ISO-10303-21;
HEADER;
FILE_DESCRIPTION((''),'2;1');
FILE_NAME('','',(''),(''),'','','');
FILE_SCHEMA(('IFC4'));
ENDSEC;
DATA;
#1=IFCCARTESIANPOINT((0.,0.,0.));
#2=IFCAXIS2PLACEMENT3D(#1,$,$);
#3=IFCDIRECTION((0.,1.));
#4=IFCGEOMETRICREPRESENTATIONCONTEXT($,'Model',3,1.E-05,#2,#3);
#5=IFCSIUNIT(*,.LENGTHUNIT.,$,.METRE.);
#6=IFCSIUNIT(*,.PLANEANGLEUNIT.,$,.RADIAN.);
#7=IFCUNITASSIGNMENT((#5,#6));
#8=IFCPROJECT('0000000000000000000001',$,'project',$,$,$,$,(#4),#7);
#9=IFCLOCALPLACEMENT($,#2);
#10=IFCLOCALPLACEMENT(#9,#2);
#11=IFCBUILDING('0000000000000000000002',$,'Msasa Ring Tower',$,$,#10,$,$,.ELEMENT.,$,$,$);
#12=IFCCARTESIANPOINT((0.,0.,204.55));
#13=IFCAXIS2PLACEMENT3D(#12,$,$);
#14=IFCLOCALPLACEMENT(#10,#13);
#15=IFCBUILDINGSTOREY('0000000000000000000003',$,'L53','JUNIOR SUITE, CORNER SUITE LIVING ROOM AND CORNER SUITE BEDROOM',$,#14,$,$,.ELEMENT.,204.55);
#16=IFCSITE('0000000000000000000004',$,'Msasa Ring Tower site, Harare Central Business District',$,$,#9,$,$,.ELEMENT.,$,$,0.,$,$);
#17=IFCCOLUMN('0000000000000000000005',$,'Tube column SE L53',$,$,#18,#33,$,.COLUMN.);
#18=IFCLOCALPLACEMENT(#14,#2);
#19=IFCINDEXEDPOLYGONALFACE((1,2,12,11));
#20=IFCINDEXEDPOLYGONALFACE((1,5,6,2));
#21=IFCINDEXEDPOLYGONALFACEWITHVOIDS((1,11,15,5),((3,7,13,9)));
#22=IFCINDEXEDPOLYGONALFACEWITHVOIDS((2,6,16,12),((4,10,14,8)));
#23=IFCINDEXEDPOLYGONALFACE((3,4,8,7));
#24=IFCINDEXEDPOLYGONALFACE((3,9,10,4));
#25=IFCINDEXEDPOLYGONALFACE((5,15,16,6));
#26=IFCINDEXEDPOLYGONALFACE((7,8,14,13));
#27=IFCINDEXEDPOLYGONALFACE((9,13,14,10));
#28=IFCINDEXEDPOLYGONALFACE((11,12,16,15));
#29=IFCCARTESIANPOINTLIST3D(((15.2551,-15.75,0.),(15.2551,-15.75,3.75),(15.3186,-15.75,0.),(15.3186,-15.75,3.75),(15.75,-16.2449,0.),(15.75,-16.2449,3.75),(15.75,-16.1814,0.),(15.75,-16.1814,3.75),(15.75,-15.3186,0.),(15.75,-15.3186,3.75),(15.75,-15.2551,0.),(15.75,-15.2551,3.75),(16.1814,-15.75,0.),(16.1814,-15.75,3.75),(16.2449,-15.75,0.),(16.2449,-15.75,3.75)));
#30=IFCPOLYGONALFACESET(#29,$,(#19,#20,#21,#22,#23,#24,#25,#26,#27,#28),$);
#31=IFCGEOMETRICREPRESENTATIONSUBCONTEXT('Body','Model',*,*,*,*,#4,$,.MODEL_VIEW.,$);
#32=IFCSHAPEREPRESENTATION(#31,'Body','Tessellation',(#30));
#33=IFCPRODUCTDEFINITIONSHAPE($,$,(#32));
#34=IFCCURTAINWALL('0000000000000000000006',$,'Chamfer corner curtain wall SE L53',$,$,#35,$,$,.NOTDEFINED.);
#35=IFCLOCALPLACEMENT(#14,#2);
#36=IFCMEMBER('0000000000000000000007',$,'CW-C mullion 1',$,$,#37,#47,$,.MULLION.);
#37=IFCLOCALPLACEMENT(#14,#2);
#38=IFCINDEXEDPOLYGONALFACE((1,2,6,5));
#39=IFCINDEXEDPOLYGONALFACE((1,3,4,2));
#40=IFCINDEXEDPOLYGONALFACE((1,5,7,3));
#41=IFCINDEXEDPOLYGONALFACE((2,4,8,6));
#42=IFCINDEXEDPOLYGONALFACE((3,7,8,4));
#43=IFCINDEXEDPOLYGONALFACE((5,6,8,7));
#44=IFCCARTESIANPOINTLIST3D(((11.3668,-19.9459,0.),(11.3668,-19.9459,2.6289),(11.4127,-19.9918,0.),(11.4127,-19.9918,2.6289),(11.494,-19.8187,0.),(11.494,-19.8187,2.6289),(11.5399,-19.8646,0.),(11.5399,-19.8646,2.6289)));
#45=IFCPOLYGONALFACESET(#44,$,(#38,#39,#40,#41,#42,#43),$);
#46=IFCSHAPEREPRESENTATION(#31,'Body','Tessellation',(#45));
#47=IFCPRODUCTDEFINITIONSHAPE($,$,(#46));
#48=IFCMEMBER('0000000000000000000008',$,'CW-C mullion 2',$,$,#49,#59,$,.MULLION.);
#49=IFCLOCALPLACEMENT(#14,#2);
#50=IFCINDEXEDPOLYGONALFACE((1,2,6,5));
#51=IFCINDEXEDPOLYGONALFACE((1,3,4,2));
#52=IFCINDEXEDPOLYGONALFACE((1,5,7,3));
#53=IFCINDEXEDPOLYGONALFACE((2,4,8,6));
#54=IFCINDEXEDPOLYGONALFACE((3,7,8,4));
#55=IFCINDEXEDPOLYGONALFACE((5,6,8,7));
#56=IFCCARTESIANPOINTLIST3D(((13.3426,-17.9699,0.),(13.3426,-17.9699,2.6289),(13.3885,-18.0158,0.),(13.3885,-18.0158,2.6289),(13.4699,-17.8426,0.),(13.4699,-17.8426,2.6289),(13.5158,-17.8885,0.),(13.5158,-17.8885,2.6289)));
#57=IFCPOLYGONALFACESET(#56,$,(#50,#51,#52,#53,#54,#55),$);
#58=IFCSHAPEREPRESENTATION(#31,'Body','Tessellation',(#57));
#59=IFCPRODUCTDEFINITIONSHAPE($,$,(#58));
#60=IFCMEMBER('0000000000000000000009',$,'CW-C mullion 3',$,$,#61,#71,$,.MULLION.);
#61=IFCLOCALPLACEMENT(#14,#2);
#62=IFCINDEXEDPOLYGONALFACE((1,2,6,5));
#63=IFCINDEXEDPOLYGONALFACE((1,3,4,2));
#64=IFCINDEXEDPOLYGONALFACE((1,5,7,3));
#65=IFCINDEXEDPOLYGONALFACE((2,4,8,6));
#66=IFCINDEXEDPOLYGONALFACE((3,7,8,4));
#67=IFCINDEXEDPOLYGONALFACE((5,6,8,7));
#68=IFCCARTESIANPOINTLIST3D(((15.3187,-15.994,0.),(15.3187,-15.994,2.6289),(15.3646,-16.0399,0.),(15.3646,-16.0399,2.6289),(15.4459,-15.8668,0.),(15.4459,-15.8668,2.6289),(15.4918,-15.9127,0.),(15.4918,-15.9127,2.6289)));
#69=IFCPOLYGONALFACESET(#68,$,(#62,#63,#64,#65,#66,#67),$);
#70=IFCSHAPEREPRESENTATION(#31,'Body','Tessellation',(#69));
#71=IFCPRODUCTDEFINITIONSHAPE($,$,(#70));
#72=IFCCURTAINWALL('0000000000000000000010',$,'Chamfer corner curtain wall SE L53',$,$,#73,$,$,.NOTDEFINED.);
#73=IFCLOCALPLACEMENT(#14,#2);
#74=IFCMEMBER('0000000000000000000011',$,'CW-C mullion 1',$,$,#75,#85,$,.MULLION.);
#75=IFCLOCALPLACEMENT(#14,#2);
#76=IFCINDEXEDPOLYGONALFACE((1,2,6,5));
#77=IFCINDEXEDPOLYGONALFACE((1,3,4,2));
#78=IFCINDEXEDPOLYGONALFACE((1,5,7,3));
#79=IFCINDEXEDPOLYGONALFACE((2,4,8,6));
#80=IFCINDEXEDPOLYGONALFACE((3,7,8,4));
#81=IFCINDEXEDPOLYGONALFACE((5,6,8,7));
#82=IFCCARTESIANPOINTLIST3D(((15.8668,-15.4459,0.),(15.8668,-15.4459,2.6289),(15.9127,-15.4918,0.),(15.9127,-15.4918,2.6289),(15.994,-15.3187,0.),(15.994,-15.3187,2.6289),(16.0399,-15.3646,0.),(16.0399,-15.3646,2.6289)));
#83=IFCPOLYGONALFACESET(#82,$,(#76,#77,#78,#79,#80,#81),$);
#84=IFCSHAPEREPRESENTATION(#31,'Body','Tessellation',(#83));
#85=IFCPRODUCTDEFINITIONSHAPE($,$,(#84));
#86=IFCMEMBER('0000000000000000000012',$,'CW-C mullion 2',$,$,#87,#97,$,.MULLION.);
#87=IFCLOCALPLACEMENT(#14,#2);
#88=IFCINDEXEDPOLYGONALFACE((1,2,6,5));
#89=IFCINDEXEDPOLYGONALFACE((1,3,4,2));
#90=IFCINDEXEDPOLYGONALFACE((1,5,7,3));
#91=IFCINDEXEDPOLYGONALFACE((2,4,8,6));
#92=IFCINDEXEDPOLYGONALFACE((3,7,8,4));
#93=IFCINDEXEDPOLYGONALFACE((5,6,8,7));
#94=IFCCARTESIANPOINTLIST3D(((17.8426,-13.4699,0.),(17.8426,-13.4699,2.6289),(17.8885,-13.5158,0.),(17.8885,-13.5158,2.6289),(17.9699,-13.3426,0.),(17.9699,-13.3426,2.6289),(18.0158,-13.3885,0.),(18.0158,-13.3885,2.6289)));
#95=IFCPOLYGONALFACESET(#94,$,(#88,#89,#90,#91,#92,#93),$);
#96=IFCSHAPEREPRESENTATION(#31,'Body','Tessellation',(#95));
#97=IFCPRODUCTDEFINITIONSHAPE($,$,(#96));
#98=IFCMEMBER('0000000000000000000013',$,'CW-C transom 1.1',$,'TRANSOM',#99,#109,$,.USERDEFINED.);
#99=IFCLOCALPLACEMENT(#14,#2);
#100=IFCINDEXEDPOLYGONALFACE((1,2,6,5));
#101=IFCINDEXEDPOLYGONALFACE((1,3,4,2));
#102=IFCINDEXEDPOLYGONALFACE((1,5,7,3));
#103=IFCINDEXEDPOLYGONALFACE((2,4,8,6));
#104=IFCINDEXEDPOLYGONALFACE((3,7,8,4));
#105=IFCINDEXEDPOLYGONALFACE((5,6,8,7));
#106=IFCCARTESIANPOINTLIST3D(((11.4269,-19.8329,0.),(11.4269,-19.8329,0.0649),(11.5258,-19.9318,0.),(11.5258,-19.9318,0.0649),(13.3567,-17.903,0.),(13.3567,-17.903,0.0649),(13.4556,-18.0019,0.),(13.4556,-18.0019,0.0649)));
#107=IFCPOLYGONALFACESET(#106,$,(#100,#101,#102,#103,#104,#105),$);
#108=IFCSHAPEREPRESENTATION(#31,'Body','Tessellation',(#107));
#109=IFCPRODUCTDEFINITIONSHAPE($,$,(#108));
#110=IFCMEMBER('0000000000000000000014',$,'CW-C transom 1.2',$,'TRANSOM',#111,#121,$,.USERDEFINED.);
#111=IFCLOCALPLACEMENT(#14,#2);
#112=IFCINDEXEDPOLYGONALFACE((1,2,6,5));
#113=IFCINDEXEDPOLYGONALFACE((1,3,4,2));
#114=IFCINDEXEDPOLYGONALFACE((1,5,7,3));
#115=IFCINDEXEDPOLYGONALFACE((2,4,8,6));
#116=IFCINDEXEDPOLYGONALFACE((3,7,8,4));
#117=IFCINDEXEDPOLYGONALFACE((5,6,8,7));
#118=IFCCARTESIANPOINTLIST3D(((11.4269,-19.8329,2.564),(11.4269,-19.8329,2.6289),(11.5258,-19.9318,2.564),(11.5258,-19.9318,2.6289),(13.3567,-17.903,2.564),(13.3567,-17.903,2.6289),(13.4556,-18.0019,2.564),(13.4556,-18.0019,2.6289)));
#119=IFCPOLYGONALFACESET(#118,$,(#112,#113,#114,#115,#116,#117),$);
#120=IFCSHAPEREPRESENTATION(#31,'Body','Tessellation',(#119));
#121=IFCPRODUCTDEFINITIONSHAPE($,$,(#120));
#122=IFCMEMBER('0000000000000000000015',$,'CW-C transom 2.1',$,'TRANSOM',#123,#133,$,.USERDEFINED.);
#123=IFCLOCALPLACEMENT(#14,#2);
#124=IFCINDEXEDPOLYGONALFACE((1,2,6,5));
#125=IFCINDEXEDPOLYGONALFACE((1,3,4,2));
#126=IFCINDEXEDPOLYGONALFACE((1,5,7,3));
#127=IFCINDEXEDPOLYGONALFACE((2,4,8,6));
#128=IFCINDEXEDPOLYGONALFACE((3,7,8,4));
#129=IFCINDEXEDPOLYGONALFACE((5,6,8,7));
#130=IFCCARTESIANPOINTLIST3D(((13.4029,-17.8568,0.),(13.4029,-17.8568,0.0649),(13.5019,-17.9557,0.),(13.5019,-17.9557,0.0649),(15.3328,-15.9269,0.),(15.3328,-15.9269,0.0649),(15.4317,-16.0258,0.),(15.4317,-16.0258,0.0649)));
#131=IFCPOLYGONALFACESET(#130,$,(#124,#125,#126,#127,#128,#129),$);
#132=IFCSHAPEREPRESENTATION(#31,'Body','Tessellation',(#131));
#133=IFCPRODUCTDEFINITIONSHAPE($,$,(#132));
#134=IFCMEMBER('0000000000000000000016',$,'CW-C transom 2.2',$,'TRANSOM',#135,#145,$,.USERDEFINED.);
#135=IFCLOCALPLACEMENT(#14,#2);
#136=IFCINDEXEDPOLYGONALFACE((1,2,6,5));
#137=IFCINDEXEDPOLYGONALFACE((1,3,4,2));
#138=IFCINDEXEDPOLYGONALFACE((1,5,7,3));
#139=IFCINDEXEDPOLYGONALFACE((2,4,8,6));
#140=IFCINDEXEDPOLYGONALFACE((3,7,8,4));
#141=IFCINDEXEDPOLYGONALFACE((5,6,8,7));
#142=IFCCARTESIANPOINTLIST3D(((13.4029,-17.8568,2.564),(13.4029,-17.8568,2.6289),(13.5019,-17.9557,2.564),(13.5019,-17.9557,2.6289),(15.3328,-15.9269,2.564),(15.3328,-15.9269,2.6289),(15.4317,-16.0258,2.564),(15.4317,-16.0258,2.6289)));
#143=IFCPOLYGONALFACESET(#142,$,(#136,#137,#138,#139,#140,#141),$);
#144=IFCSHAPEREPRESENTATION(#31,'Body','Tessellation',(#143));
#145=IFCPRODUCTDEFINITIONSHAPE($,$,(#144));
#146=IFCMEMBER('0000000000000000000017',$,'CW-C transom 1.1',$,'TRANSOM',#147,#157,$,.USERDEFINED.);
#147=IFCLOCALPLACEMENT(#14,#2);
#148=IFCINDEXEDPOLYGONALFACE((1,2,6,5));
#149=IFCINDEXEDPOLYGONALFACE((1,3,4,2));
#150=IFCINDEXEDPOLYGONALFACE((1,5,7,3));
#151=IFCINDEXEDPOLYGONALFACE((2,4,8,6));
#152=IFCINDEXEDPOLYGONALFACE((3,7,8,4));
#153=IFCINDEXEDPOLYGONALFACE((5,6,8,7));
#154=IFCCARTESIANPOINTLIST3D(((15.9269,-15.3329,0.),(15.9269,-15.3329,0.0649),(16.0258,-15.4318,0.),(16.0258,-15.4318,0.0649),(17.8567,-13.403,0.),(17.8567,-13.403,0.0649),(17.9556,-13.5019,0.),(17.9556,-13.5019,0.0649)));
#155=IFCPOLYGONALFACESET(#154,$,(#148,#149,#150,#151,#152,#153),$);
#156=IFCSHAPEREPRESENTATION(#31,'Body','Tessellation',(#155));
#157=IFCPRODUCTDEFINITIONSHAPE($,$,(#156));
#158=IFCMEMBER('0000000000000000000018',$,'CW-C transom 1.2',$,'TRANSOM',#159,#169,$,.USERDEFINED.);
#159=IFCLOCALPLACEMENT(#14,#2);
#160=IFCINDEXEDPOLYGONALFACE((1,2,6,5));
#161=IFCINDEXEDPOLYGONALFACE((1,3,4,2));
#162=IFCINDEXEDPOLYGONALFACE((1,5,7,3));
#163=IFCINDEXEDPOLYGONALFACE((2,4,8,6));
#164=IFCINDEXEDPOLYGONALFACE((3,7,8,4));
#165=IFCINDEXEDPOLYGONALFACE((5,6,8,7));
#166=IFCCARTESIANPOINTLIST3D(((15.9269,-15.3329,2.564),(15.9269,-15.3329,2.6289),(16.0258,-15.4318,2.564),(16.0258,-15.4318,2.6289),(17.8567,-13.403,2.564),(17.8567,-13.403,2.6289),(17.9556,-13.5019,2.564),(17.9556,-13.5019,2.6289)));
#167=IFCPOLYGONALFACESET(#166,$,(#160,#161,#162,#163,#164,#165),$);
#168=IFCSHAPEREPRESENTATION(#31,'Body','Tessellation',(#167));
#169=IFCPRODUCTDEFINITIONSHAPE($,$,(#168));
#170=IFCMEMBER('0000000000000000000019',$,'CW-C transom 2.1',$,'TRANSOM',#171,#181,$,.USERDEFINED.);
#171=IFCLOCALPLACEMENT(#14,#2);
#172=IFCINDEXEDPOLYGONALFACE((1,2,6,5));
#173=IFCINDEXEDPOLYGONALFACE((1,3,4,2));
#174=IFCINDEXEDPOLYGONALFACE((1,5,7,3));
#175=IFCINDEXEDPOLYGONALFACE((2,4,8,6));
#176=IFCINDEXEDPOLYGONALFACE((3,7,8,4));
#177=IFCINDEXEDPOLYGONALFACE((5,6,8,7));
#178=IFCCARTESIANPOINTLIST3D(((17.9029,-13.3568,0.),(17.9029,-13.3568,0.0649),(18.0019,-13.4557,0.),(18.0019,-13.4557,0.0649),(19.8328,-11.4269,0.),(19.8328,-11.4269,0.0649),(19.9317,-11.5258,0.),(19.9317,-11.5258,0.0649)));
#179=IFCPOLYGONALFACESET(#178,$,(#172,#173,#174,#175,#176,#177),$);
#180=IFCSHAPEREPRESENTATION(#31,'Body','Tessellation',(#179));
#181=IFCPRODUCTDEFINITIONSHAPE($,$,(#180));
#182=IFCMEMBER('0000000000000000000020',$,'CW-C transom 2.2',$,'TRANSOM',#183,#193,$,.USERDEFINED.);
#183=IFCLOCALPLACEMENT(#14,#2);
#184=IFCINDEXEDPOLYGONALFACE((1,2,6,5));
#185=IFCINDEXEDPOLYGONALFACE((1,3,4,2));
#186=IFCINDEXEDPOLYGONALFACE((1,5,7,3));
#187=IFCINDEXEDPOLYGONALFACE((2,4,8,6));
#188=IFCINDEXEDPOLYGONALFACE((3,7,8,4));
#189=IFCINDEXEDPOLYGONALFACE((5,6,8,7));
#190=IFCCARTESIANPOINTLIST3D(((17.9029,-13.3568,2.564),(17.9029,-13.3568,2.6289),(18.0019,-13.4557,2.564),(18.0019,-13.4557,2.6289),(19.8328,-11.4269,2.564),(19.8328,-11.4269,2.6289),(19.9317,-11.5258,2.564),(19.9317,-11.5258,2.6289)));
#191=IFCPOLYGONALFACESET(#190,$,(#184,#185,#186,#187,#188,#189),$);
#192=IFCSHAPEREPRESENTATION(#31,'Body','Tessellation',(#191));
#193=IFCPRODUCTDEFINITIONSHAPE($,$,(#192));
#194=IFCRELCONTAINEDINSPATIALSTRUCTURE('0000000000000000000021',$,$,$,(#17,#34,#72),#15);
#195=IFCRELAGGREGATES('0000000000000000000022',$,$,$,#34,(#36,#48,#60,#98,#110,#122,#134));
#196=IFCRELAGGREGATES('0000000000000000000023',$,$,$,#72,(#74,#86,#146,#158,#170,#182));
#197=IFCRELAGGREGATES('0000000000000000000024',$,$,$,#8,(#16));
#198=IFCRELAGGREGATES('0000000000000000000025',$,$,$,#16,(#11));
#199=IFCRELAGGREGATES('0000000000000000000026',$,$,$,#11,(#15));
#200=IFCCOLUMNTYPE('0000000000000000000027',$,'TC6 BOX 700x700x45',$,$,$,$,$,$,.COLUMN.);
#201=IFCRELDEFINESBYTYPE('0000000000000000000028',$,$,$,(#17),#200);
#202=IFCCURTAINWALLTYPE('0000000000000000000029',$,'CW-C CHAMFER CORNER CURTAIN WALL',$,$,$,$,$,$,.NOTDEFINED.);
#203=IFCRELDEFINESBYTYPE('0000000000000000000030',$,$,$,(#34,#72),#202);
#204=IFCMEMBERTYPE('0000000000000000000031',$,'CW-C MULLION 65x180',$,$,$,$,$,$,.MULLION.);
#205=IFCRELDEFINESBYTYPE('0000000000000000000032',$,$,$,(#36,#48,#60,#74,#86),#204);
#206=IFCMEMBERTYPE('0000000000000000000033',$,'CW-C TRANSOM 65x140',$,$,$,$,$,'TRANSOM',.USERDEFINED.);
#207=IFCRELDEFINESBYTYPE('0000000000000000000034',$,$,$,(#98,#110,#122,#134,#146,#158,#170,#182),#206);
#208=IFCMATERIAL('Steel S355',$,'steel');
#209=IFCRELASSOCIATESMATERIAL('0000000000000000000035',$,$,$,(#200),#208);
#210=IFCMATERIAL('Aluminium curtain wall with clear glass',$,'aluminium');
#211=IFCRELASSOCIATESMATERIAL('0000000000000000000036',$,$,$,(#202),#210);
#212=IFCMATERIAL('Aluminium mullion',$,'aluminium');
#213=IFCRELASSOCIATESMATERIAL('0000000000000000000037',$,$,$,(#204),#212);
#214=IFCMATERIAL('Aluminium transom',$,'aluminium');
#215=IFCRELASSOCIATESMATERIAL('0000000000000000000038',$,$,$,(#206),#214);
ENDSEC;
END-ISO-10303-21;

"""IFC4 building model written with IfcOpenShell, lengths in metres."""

from ifc_helpers import new_model, si_unit, direction, frame, origin, origin_2d, place, context, subcontext, project, spatial, rectangle, hollow_rectangle, extrude, material, material_profile, profile_set, type_object, element, aggregate, save


model = new_model("IFC4")

# Units and contexts
model_context = context("Model", 3, precision=1e-05, world=origin(), true_north=direction((0.0, 1.0)))
body_context = subcontext(model_context, "Body", "Model", "MODEL_VIEW")
ifc_project = project(units=[si_unit("LENGTHUNIT", "METRE"), si_unit("PLANEANGLEUNIT", "RADIAN")], contexts=[model_context])

# Site, building, storey
site_placement = place(None, origin())
site = spatial("IfcSite", under=ifc_project, at=site_placement, Name="Msasa Ring Tower site, Harare Central Business District", CompositionType="ELEMENT", RefElevation=0.0)
building_placement = place(site_placement, origin())
building = spatial("IfcBuilding", under=site, at=building_placement, Name="Msasa Ring Tower", CompositionType="ELEMENT")
storey_placement = place(building_placement, frame((0.0, 0.0, 204.55)))
storey = spatial("IfcBuildingStorey", under=building, at=storey_placement, Name="L53", Description="JUNIOR SUITE, CORNER SUITE LIVING ROOM AND CORNER SUITE BEDROOM", CompositionType="ELEMENT", Elevation=204.55)

# Column
ifc_material_1 = material(Name="Steel S355", Category="steel")
ifc_material_profile_1 = material_profile(ifc_material_1, hollow_rectangle(XDim=0.7, YDim=0.7, WallThickness=0.0449, at=origin_2d()), Name="BOX 700x700x45")
ifc_profile_set_1 = profile_set([ifc_material_profile_1], Name="Steel S355")
column_type = type_object("IfcColumnType", Name="TC6 BOX 700x700x45", PredefinedType="COLUMN", material=ifc_profile_set_1)
column_placement = place(storey_placement, frame((15.75, -15.75, 0.0), z_axis=(0.0, 0.0, 1.0), x_axis=(0.707107, -0.707107, 0.0)))
element("IfcColumn", 1, at=column_placement, inside=storey, type_object=column_type, Name="Tube column SE L53", PredefinedType="COLUMN", context=body_context, shape_type="SweptSolid", body=[
    extrude(hollow_rectangle(XDim=0.7, YDim=0.7, WallThickness=0.0449, at=origin_2d()), origin(), (0.0, 0.0, 1.0), 3.75),
])

# Curtain walls, members
ifc_material_2 = material(Name="Aluminium curtain wall with clear glass", Category="aluminium")
curtain_wall_type = type_object("IfcCurtainWallType", Name="CW-C CHAMFER CORNER CURTAIN WALL", PredefinedType="NOTDEFINED", material=ifc_material_2)
curtain_wall_1_placement = place(storey_placement, origin())
curtain_wall_1 = element("IfcCurtainWall", 2, at=curtain_wall_1_placement, inside=storey, type_object=curtain_wall_type, Name="Chamfer corner curtain wall SE L53", PredefinedType="NOTDEFINED")
ifc_material_3 = material(Name="Aluminium mullion", Category="aluminium")
ifc_material_profile_2 = material_profile(ifc_material_3, rectangle(XDim=0.0649, YDim=0.1799, at=origin_2d()), Name="AL 65x180")
ifc_profile_set_2 = profile_set([ifc_material_profile_2], Name="Aluminium mullion")
member_type_1 = type_object("IfcMemberType", Name="CW-C MULLION 65x180", PredefinedType="MULLION", material=ifc_profile_set_2)
member_1_placement = place(storey_placement, frame((11.4534, -19.9053, 0.0), z_axis=(0.0, 0.0, 1.0), x_axis=(-0.707107, 0.707107, 0.0)))
member_1 = element("IfcMember", 3, at=member_1_placement, type_object=member_type_1, Name="CW-C mullion 1", PredefinedType="MULLION", context=body_context, shape_type="SweptSolid", body=[
    extrude(rectangle(XDim=0.0649, YDim=0.1799, at=origin_2d()), origin(), (0.0, 0.0, 1.0), 2.6289),
])
member_2_placement = place(storey_placement, frame((13.4292, -17.9292, 0.0), z_axis=(0.0, 0.0, 1.0), x_axis=(-0.707107, 0.707107, 0.0)))
member_2 = element("IfcMember", 4, at=member_2_placement, type_object=member_type_1, Name="CW-C mullion 2", PredefinedType="MULLION", context=body_context, shape_type="SweptSolid", body=[
    extrude(rectangle(XDim=0.0649, YDim=0.1799, at=origin_2d()), origin(), (0.0, 0.0, 1.0), 2.6289),
])
member_3_placement = place(storey_placement, frame((15.4053, -15.9534, 0.0), z_axis=(0.0, 0.0, 1.0), x_axis=(-0.707107, 0.707107, 0.0)))
member_3 = element("IfcMember", 5, at=member_3_placement, type_object=member_type_1, Name="CW-C mullion 3", PredefinedType="MULLION", context=body_context, shape_type="SweptSolid", body=[
    extrude(rectangle(XDim=0.0649, YDim=0.1799, at=origin_2d()), origin(), (0.0, 0.0, 1.0), 2.6289),
])
curtain_wall_2_placement = place(storey_placement, origin())
curtain_wall_2 = element("IfcCurtainWall", 6, at=curtain_wall_2_placement, inside=storey, type_object=curtain_wall_type, Name="Chamfer corner curtain wall SE L53", PredefinedType="NOTDEFINED")
member_4_placement = place(storey_placement, frame((15.9534, -15.4053, 0.0), z_axis=(0.0, 0.0, 1.0), x_axis=(-0.707107, 0.707107, 0.0)))
member_4 = element("IfcMember", 7, at=member_4_placement, type_object=member_type_1, Name="CW-C mullion 1", PredefinedType="MULLION", context=body_context, shape_type="SweptSolid", body=[
    extrude(rectangle(XDim=0.0649, YDim=0.1799, at=origin_2d()), origin(), (0.0, 0.0, 1.0), 2.6289),
])
member_5_placement = place(storey_placement, frame((17.9292, -13.4292, 0.0), z_axis=(0.0, 0.0, 1.0), x_axis=(-0.707107, 0.707107, 0.0)))
member_5 = element("IfcMember", 8, at=member_5_placement, type_object=member_type_1, Name="CW-C mullion 2", PredefinedType="MULLION", context=body_context, shape_type="SweptSolid", body=[
    extrude(rectangle(XDim=0.0649, YDim=0.1799, at=origin_2d()), origin(), (0.0, 0.0, 1.0), 2.6289),
])

# Members
ifc_material_4 = material(Name="Aluminium transom", Category="aluminium")
ifc_material_profile_3 = material_profile(ifc_material_4, rectangle(XDim=0.1399, YDim=0.0649, at=origin_2d()), Name="AL 65x140")
ifc_profile_set_3 = profile_set([ifc_material_profile_3], Name="Aluminium transom")
member_type_2 = type_object("IfcMemberType", Name="CW-C TRANSOM 65x140", ElementType="TRANSOM", PredefinedType="USERDEFINED", material=ifc_profile_set_3)
member_6_placement = place(storey_placement, frame((11.4763, -19.8823, 0.0325), z_axis=(0.707107, 0.707107, 0.0), x_axis=(-0.707107, 0.707107, 0.0)))
member_6 = element("IfcMember", 9, at=member_6_placement, type_object=member_type_2, Name="CW-C transom 1.1", ObjectType="TRANSOM", PredefinedType="USERDEFINED", context=body_context, shape_type="SweptSolid", body=[
    extrude(rectangle(XDim=0.1399, YDim=0.0649, at=origin_2d()), origin(), (0.0, 0.0, 1.0), 2.7292),
])
member_7_placement = place(storey_placement, frame((11.4763, -19.8823, 2.5964), z_axis=(0.707107, 0.707107, 0.0), x_axis=(-0.707107, 0.707107, 0.0)))
member_7 = element("IfcMember", 10, at=member_7_placement, type_object=member_type_2, Name="CW-C transom 1.2", ObjectType="TRANSOM", PredefinedType="USERDEFINED", context=body_context, shape_type="SweptSolid", body=[
    extrude(rectangle(XDim=0.1399, YDim=0.0649, at=origin_2d()), origin(), (0.0, 0.0, 1.0), 2.7292),
])
member_8_placement = place(storey_placement, frame((13.4524, -17.9062, 0.0325), z_axis=(0.707107, 0.707107, 0.0), x_axis=(-0.707107, 0.707107, 0.0)))
member_8 = element("IfcMember", 11, at=member_8_placement, type_object=member_type_2, Name="CW-C transom 2.1", ObjectType="TRANSOM", PredefinedType="USERDEFINED", context=body_context, shape_type="SweptSolid", body=[
    extrude(rectangle(XDim=0.1399, YDim=0.0649, at=origin_2d()), origin(), (0.0, 0.0, 1.0), 2.7292),
])
member_9_placement = place(storey_placement, frame((13.4524, -17.9062, 2.5964), z_axis=(0.707107, 0.707107, 0.0), x_axis=(-0.707107, 0.707107, 0.0)))
member_9 = element("IfcMember", 12, at=member_9_placement, type_object=member_type_2, Name="CW-C transom 2.2", ObjectType="TRANSOM", PredefinedType="USERDEFINED", context=body_context, shape_type="SweptSolid", body=[
    extrude(rectangle(XDim=0.1399, YDim=0.0649, at=origin_2d()), origin(), (0.0, 0.0, 1.0), 2.7292),
])
member_10_placement = place(storey_placement, frame((15.9763, -15.3823, 0.0325), z_axis=(0.707107, 0.707107, 0.0), x_axis=(-0.707107, 0.707107, 0.0)))
member_10 = element("IfcMember", 13, at=member_10_placement, type_object=member_type_2, Name="CW-C transom 1.1", ObjectType="TRANSOM", PredefinedType="USERDEFINED", context=body_context, shape_type="SweptSolid", body=[
    extrude(rectangle(XDim=0.1399, YDim=0.0649, at=origin_2d()), origin(), (0.0, 0.0, 1.0), 2.7292),
])
member_11_placement = place(storey_placement, frame((15.9763, -15.3823, 2.5964), z_axis=(0.707107, 0.707107, 0.0), x_axis=(-0.707107, 0.707107, 0.0)))
member_11 = element("IfcMember", 14, at=member_11_placement, type_object=member_type_2, Name="CW-C transom 1.2", ObjectType="TRANSOM", PredefinedType="USERDEFINED", context=body_context, shape_type="SweptSolid", body=[
    extrude(rectangle(XDim=0.1399, YDim=0.0649, at=origin_2d()), origin(), (0.0, 0.0, 1.0), 2.7292),
])
member_12_placement = place(storey_placement, frame((17.9524, -13.4062, 0.0325), z_axis=(0.707107, 0.707107, 0.0), x_axis=(-0.707107, 0.707107, 0.0)))
member_12 = element("IfcMember", 15, at=member_12_placement, type_object=member_type_2, Name="CW-C transom 2.1", ObjectType="TRANSOM", PredefinedType="USERDEFINED", context=body_context, shape_type="SweptSolid", body=[
    extrude(rectangle(XDim=0.1399, YDim=0.0649, at=origin_2d()), origin(), (0.0, 0.0, 1.0), 2.7292),
])
member_13_placement = place(storey_placement, frame((17.9524, -13.4062, 2.5964), z_axis=(0.707107, 0.707107, 0.0), x_axis=(-0.707107, 0.707107, 0.0)))
member_13 = element("IfcMember", 16, at=member_13_placement, type_object=member_type_2, Name="CW-C transom 2.2", ObjectType="TRANSOM", PredefinedType="USERDEFINED", context=body_context, shape_type="SweptSolid", body=[
    extrude(rectangle(XDim=0.1399, YDim=0.0649, at=origin_2d()), origin(), (0.0, 0.0, 1.0), 2.7292),
])

aggregate(curtain_wall_1, [member_1, member_2, member_3, member_6, member_7, member_8, member_9])
aggregate(curtain_wall_2, [member_4, member_5, member_10, member_11, member_12, member_13])

save(model, "model.ifc")
